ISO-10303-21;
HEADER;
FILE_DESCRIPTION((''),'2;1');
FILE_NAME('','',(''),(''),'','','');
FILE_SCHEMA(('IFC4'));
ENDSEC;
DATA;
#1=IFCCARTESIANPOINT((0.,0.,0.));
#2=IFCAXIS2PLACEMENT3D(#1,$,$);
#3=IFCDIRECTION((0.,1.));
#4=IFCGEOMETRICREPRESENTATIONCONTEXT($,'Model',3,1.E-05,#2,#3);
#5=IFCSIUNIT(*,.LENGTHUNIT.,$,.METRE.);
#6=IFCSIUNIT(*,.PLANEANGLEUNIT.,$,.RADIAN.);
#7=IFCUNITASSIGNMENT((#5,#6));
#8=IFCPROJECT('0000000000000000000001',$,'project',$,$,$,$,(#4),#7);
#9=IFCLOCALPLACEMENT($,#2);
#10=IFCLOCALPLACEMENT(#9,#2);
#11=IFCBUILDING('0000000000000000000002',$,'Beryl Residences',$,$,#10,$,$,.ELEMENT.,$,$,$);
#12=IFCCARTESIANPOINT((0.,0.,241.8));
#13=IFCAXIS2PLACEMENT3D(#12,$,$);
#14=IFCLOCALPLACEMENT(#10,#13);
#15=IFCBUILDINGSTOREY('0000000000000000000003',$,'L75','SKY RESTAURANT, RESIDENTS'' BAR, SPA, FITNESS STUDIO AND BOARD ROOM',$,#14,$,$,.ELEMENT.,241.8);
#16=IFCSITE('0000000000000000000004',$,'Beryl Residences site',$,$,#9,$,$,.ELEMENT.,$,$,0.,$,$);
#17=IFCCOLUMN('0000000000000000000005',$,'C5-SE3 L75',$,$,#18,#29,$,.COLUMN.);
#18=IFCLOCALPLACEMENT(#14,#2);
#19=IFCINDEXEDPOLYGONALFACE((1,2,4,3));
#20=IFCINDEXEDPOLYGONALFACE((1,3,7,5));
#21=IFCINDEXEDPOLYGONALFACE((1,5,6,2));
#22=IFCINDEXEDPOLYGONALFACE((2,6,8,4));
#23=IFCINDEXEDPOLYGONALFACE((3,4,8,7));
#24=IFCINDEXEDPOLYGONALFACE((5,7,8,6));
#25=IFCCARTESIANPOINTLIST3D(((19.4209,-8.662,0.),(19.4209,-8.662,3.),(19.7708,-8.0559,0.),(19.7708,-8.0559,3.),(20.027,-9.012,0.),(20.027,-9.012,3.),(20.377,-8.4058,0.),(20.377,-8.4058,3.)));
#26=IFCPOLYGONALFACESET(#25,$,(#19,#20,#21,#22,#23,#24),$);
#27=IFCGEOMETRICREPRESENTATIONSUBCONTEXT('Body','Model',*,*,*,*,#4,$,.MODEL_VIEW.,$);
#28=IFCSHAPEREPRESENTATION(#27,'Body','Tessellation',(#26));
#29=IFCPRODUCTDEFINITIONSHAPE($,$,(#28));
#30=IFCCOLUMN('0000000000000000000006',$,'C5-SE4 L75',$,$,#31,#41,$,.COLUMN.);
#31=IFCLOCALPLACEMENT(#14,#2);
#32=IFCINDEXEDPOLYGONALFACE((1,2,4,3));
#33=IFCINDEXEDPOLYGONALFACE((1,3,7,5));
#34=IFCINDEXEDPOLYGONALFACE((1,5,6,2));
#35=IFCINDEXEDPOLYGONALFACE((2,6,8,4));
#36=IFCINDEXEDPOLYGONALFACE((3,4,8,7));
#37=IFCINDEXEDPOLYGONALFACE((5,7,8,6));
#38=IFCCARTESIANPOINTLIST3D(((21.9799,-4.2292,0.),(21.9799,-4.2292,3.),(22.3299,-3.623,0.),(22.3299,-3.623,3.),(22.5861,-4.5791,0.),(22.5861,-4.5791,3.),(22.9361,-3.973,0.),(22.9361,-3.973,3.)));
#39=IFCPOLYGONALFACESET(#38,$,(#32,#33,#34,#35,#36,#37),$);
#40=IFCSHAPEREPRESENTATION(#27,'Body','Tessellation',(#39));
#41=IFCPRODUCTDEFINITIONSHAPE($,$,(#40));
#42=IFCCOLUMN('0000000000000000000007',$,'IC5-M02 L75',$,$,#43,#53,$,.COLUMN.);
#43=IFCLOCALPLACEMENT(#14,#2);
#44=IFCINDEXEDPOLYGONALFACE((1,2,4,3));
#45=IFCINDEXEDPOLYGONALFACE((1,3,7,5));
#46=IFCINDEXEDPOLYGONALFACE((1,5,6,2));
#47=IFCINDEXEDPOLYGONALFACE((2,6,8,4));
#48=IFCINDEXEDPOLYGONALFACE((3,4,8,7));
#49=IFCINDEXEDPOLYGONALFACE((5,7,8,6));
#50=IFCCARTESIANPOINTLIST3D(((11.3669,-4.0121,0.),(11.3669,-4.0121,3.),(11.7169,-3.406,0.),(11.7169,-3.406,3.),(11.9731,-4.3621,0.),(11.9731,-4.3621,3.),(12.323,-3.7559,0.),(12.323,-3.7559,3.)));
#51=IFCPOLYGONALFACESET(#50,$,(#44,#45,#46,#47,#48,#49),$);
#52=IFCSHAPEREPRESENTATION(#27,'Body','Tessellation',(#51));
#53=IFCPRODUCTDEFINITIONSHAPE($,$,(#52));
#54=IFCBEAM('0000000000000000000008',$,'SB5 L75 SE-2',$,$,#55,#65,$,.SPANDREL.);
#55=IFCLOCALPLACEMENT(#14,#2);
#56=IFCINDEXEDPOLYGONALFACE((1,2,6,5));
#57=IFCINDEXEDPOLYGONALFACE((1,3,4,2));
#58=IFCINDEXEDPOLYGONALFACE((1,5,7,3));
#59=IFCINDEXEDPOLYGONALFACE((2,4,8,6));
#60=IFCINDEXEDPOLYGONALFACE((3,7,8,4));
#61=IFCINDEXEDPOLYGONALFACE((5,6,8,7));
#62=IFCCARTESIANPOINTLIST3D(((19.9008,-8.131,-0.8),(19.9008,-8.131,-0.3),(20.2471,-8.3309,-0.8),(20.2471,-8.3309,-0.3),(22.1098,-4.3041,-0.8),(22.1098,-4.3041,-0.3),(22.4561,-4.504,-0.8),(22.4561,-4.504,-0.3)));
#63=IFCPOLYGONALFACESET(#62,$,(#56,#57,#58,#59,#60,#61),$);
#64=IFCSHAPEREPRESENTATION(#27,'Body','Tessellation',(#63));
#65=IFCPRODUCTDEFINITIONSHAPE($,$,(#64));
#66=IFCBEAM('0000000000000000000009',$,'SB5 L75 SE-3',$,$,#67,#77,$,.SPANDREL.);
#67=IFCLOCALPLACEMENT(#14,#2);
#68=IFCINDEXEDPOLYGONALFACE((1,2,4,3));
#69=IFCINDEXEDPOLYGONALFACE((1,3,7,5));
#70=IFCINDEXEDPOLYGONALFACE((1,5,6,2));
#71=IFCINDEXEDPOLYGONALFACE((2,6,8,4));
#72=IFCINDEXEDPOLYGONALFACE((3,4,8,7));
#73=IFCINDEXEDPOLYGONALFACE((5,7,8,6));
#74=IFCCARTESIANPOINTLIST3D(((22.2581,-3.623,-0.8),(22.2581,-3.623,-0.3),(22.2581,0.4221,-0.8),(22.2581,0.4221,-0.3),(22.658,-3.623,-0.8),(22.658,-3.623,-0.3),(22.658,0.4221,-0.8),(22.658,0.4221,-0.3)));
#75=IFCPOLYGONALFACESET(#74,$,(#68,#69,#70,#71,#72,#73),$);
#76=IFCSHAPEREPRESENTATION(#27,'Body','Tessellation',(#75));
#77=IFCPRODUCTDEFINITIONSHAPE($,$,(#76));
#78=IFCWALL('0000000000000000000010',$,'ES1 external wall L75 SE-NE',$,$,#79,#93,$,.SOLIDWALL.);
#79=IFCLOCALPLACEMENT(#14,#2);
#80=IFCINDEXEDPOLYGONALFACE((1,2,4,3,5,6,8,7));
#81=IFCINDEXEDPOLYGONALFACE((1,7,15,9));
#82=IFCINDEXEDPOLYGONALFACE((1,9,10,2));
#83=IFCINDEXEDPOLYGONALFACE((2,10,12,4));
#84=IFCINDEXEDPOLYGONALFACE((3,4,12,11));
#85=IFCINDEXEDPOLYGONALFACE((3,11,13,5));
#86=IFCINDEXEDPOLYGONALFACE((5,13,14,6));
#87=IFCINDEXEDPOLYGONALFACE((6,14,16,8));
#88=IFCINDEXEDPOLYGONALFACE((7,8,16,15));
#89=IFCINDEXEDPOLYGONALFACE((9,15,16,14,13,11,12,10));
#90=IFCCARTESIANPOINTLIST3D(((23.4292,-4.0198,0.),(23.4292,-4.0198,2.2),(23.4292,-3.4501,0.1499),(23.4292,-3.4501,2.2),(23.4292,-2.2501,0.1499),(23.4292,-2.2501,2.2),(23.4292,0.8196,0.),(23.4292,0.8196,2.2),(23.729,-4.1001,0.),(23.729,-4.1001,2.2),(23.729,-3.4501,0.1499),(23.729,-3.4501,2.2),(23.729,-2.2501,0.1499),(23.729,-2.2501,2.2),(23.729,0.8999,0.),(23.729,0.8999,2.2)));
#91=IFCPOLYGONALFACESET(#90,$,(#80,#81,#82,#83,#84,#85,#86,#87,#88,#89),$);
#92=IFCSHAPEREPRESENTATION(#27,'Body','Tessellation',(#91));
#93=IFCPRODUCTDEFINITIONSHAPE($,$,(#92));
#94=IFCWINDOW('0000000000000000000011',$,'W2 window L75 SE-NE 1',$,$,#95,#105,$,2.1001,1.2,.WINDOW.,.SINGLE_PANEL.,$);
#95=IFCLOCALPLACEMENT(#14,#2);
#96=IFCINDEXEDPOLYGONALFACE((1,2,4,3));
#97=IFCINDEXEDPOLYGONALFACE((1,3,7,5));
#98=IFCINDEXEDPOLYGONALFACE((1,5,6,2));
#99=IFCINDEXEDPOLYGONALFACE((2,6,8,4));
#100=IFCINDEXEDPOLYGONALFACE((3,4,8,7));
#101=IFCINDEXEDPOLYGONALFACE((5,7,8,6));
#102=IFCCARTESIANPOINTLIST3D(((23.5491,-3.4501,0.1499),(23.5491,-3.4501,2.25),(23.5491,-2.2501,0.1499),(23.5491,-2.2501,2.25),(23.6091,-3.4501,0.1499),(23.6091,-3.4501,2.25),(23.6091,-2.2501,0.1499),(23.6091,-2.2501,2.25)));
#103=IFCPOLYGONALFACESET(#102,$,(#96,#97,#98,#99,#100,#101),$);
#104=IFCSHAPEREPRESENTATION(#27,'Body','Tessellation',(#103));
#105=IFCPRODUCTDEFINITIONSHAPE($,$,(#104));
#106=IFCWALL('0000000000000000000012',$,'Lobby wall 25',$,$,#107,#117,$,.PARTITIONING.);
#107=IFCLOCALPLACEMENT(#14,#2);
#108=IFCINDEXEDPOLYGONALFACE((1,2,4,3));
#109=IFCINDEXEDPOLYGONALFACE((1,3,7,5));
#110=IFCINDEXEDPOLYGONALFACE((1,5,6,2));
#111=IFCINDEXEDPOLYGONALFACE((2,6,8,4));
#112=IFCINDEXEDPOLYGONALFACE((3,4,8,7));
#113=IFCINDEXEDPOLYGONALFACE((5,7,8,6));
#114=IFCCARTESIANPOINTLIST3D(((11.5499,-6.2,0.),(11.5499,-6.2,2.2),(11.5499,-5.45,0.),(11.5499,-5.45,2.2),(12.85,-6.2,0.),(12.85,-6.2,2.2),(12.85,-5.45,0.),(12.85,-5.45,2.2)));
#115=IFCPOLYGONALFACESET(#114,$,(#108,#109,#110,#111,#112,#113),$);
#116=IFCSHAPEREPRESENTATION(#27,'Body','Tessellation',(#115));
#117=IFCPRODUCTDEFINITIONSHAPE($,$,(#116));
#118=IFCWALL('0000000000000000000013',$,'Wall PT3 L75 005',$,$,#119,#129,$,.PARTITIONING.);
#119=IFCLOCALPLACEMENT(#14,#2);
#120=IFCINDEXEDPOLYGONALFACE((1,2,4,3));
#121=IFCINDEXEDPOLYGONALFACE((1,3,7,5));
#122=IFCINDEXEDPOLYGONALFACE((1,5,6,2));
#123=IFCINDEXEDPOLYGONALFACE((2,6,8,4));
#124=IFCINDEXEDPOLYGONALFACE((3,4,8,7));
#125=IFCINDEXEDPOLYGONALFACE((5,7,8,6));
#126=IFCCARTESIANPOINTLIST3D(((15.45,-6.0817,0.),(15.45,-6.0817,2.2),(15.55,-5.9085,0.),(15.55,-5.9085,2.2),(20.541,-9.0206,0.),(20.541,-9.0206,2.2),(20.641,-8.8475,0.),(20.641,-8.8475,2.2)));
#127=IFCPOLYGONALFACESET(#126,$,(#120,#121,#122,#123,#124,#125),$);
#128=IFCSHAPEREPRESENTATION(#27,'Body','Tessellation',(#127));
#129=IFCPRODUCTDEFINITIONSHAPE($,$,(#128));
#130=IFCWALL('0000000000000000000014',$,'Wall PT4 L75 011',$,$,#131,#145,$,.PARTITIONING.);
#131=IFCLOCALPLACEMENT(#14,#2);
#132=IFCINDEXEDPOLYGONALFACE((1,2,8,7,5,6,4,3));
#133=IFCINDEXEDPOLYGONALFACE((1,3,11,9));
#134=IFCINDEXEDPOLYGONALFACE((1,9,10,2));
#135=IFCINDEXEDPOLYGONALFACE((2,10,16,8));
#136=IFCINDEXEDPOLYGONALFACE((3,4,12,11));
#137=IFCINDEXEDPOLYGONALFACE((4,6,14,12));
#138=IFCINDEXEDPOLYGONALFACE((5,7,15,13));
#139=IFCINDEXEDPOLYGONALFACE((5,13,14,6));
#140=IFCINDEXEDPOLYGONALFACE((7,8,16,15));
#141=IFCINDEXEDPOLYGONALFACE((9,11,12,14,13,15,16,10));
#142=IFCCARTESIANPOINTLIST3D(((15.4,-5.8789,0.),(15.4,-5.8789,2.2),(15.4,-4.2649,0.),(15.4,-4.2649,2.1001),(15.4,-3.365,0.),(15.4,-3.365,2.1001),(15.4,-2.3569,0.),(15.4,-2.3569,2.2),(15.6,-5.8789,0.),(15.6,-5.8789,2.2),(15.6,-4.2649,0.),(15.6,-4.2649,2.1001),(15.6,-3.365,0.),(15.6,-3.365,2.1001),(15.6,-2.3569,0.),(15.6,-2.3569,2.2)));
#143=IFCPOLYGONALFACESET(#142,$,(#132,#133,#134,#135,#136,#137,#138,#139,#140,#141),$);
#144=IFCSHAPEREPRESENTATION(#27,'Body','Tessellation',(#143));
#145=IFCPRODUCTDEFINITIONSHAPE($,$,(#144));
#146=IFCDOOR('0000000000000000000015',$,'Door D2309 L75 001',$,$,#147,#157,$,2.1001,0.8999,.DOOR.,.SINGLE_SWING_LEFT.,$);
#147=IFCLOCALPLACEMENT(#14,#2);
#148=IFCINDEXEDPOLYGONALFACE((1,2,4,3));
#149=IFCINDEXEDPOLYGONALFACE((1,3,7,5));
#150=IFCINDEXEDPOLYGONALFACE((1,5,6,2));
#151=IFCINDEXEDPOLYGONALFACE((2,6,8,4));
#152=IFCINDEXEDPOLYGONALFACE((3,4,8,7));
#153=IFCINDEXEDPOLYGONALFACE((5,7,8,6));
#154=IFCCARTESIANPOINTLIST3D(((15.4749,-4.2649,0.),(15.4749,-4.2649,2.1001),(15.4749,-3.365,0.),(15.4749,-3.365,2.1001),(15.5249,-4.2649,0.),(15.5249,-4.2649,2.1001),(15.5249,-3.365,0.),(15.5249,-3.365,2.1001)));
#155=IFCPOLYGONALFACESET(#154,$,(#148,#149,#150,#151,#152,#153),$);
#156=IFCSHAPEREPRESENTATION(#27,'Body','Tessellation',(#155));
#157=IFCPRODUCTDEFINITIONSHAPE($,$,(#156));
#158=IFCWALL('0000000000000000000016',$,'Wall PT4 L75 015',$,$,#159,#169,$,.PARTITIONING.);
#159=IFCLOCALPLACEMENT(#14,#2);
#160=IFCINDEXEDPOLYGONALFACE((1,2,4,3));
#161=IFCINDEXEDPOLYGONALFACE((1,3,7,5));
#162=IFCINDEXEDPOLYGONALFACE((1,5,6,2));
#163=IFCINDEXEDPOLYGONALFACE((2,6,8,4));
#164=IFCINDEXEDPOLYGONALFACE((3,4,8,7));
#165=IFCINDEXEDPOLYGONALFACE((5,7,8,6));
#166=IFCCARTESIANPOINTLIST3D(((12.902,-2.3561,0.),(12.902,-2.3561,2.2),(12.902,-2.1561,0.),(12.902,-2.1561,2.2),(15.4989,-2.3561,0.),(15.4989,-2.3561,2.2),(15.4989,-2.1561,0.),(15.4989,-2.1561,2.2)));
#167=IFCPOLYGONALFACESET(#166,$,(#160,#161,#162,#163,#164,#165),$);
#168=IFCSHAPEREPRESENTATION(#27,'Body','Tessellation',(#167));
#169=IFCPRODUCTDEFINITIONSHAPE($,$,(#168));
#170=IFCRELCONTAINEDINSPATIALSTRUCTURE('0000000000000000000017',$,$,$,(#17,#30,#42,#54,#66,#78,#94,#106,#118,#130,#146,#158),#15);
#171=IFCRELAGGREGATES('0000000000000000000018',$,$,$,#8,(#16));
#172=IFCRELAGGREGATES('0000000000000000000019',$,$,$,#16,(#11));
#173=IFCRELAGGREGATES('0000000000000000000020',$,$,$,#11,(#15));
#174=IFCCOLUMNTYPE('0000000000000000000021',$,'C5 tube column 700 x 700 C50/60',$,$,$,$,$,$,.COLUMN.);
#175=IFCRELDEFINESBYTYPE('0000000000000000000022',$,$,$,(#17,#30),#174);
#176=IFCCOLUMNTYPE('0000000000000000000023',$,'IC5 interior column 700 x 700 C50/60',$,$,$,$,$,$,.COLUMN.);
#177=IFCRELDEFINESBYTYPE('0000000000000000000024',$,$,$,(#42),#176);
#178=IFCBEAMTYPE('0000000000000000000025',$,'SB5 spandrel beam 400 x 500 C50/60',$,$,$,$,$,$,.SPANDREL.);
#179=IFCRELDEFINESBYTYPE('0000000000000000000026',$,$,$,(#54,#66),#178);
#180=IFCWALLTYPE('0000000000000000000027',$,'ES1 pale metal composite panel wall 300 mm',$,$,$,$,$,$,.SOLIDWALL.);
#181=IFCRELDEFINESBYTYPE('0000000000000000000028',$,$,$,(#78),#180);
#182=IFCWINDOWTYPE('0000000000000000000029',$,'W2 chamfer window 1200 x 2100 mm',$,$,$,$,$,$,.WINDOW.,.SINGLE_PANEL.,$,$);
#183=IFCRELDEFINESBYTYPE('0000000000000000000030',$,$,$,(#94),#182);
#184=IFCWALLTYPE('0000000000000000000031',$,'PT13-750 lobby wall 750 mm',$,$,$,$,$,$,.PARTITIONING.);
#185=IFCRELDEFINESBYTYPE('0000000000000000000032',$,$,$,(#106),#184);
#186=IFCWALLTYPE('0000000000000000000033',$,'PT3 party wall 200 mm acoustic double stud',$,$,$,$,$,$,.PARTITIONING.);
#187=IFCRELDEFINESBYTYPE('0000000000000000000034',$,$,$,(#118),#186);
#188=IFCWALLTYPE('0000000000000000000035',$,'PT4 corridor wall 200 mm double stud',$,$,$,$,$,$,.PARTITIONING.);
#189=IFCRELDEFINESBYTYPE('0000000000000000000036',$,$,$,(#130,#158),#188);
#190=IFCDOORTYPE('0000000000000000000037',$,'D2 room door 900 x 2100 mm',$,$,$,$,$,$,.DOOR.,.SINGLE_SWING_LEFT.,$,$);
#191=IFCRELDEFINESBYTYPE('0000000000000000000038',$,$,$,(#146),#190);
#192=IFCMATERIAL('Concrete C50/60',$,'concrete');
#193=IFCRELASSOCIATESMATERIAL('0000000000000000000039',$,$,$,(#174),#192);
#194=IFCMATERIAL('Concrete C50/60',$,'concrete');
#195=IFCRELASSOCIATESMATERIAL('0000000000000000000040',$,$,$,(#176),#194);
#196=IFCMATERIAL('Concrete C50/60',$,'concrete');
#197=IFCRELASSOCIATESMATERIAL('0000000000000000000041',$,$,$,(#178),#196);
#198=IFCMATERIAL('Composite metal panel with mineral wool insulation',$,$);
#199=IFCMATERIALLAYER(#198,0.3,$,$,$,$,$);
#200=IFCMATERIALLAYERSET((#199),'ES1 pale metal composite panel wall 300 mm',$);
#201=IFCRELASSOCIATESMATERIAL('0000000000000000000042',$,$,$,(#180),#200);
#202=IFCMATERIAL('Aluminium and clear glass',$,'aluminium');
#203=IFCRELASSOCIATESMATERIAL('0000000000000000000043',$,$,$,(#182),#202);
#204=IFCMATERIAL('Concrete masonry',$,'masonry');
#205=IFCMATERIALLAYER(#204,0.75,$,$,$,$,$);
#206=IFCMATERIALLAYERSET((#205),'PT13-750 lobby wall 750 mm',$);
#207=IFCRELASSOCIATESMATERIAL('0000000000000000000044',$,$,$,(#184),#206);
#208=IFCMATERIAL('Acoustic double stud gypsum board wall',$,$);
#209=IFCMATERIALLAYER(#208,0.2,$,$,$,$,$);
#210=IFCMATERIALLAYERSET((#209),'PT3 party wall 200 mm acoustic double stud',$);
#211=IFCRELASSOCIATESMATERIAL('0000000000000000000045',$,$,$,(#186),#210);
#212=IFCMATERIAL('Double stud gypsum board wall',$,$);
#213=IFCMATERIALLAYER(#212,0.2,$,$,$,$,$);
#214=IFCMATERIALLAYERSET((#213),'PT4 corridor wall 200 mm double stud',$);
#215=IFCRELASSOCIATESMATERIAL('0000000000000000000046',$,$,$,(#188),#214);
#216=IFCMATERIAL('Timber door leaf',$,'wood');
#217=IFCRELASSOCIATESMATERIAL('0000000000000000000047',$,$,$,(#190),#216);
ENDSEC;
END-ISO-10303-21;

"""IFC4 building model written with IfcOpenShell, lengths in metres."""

from ifc_helpers import new_model, si_unit, direction, frame, frame_2d, origin, origin_2d, place, context, subcontext, project, spatial, polyline, rectangle, outline, extrude, material, layer, layer_set, material_profile, profile_set, type_object, element, fill, save


model = new_model("IFC4")

# Units and contexts
model_context = context("Model", 3, precision=1e-05, world=origin(), true_north=direction((0.0, 1.0)))
body_context = subcontext(model_context, "Body", "Model", "MODEL_VIEW")
ifc_project = project(units=[si_unit("LENGTHUNIT", "METRE"), si_unit("PLANEANGLEUNIT", "RADIAN")], contexts=[model_context])

# Site, building, storey
site_placement = place(None, origin())
site = spatial("IfcSite", under=ifc_project, at=site_placement, Name="Beryl Residences site", CompositionType="ELEMENT", RefElevation=0.0)
building_placement = place(site_placement, origin())
building = spatial("IfcBuilding", under=site, at=building_placement, Name="Beryl Residences", CompositionType="ELEMENT")
storey_placement = place(building_placement, frame((0.0, 0.0, 241.8)))
storey = spatial("IfcBuildingStorey", under=building, at=storey_placement, Name="L75", Description="SKY RESTAURANT, RESIDENTS' BAR, SPA, FITNESS STUDIO AND BOARD ROOM", CompositionType="ELEMENT", Elevation=241.8)

# Columns
ifc_material_1 = material(Name="Concrete C50/60", Category="concrete")
ifc_material_profile_1 = material_profile(ifc_material_1, rectangle(XDim=0.7, YDim=0.7, at=origin_2d()))
ifc_profile_set_1 = profile_set([ifc_material_profile_1], Name="Concrete C50/60")
column_type_1 = type_object("IfcColumnType", Name="C5 tube column 700 x 700 C50/60", PredefinedType="COLUMN", material=ifc_profile_set_1)
for number, where, z_axis, x_axis, name in (
    (1, (19.8989, -8.5339, 0.0), (0.0, 0.0, 1.0), (0.499985, 0.866034, 0.0), "C5-SE3 L75"),
    (2, (22.458, -4.1011, 0.0), (0.0, 0.0, 1.0), (0.499985, 0.866034, 0.0), "C5-SE4 L75"),
):
    element("IfcColumn", number, at=place(storey_placement, frame(where, z_axis=z_axis, x_axis=x_axis)), inside=storey, type_object=column_type_1, Name=name, PredefinedType="COLUMN", context=body_context, shape_type="SweptSolid", body=[
        extrude(rectangle(XDim=0.7, YDim=0.7, at=origin_2d()), origin(), (0.0, 0.0, 1.0), 3.0),
    ])
ifc_material_2 = material(Name="Concrete C50/60", Category="concrete")
ifc_material_profile_2 = material_profile(ifc_material_2, rectangle(XDim=0.7, YDim=0.7, at=origin_2d()))
ifc_profile_set_2 = profile_set([ifc_material_profile_2], Name="Concrete C50/60")
column_type_2 = type_object("IfcColumnType", Name="IC5 interior column 700 x 700 C50/60", PredefinedType="COLUMN", material=ifc_profile_set_2)
column_placement = place(storey_placement, frame((11.845, -3.884, 0.0), z_axis=(0.0, 0.0, 1.0), x_axis=(0.499985, 0.866034, 0.0)))
element("IfcColumn", 3, at=column_placement, inside=storey, type_object=column_type_2, Name="IC5-M02 L75", PredefinedType="COLUMN", context=body_context, shape_type="SweptSolid", body=[
    extrude(rectangle(XDim=0.7, YDim=0.7, at=origin_2d()), origin(), (0.0, 0.0, 1.0), 3.0),
])

# Beams
ifc_material_3 = material(Name="Concrete C50/60", Category="concrete")
ifc_material_profile_3 = material_profile(ifc_material_3, rectangle(XDim=0.3999, YDim=0.5, at=origin_2d()))
ifc_profile_set_3 = profile_set([ifc_material_profile_3], Name="Concrete C50/60")
beam_type = type_object("IfcBeamType", Name="SB5 spandrel beam 400 x 500 C50/60", PredefinedType="SPANDREL", material=ifc_profile_set_3)
beam_1_placement = place(storey_placement, frame((20.074, -8.231, -0.55), z_axis=(0.499919, 0.866072, 0.0), x_axis=(-0.866072, 0.499919, 0.0)))
element("IfcBeam", 4, at=beam_1_placement, inside=storey, type_object=beam_type, Name="SB5 L75 SE-2", PredefinedType="SPANDREL", context=body_context, shape_type="SweptSolid", body=[
    extrude(rectangle(XDim=0.3999, YDim=0.5, at=origin_2d()), origin(), (0.0, 0.0, 1.0), 4.4187),
])
beam_2_placement = place(storey_placement, frame((22.458, -3.623, -0.55), z_axis=(0.0, 1.0, 0.0), x_axis=(-1.0, 0.0, 0.0)))
element("IfcBeam", 5, at=beam_2_placement, inside=storey, type_object=beam_type, Name="SB5 L75 SE-3", PredefinedType="SPANDREL", context=body_context, shape_type="SweptSolid", body=[
    extrude(rectangle(XDim=0.3999, YDim=0.5, at=origin_2d()), origin(), (0.0, 0.0, 1.0), 4.0452),
])

# Wall, opening, window
ifc_material_4 = material(Name="Composite metal panel with mineral wool insulation")
ifc_layer_1 = layer(ifc_material_4, 0.3)
ifc_layer_set_1 = layer_set([ifc_layer_1], Name="ES1 pale metal composite panel wall 300 mm")
wall_type_1 = type_object("IfcWallType", Name="ES1 pale metal composite panel wall 300 mm", PredefinedType="SOLIDWALL", material=ifc_layer_set_1)
wall_1_placement = place(storey_placement, frame((23.5791, -4.1001, 0.0), z_axis=(0.0, 0.0, 1.0), x_axis=(0.0, 1.0, 0.0)))
wall_1 = element("IfcWall", 6, at=wall_1_placement, inside=storey, type_object=wall_type_1, Name="ES1 external wall L75 SE-NE", PredefinedType="SOLIDWALL", context=body_context, shape_type="SweptSolid", body=[
    extrude(outline(polyline([(0.0, -0.1499), (5.0, -0.1499), (4.9197, 0.1499), (0.0803, 0.1499), (0.0, -0.1499)])), origin(), (0.0, 0.0, 1.0), 2.2),
])
opening_1_placement = place(wall_1_placement, frame((0.6499, 0.0, 0.1499)))
opening_1 = element("IfcOpeningElement", 7, at=opening_1_placement, cuts=wall_1, PredefinedType="OPENING", context=body_context, shape_type="SweptSolid", body=[
    extrude(rectangle(XDim=1.2, YDim=2.1001, at=frame_2d((0.6001, 1.05))), frame((0.0, 0.1599, 0.0), z_axis=(0.0, -1.0, 0.0), x_axis=(1.0, 0.0, 0.0)), (0.0, 0.0, 1.0), 0.3201),
])
ifc_material_5 = material(Name="Aluminium and clear glass", Category="aluminium")
window_type = type_object("IfcWindowType", Name="W2 chamfer window 1200 x 2100 mm", PartitioningType="SINGLE_PANEL", PredefinedType="WINDOW", material=ifc_material_5)
window_placement = place(opening_1_placement, origin())
window = element("IfcWindow", 8, at=window_placement, inside=storey, type_object=window_type, Name="W2 window L75 SE-NE 1", OverallHeight=2.1001, OverallWidth=1.2, PartitioningType="SINGLE_PANEL", PredefinedType="WINDOW", context=body_context, shape_type="SweptSolid", body=[
    extrude(rectangle(XDim=1.2, YDim=2.1001, at=frame_2d((0.6001, 1.05))), frame((0.0, 0.03, 0.0), z_axis=(0.0, -1.0, 0.0), x_axis=(1.0, 0.0, 0.0)), (0.0, 0.0, 1.0), 0.0601),
])
fill(opening_1, window)

# Walls
ifc_material_6 = material(Name="Concrete masonry", Category="masonry")
ifc_layer_2 = layer(ifc_material_6, 0.75)
ifc_layer_set_2 = layer_set([ifc_layer_2], Name="PT13-750 lobby wall 750 mm")
wall_type_2 = type_object("IfcWallType", Name="PT13-750 lobby wall 750 mm", PredefinedType="PARTITIONING", material=ifc_layer_set_2)
wall_2_placement = place(storey_placement, frame((11.55, -5.825, 0.0), z_axis=(0.0, 0.0, 1.0), x_axis=(1.0, 0.0, 0.0)))
element("IfcWall", 9, at=wall_2_placement, inside=storey, type_object=wall_type_2, Name="Lobby wall 25", PredefinedType="PARTITIONING", context=body_context, shape_type="SweptSolid", body=[
    extrude(rectangle(XDim=1.3, YDim=0.75, at=frame_2d((0.6499, 0.0))), origin(), (0.0, 0.0, 1.0), 2.2),
])
ifc_material_7 = material(Name="Acoustic double stud gypsum board wall")
ifc_layer_3 = layer(ifc_material_7, 0.2)
ifc_layer_set_3 = layer_set([ifc_layer_3], Name="PT3 party wall 200 mm acoustic double stud")
wall_type_3 = type_object("IfcWallType", Name="PT3 party wall 200 mm acoustic double stud", PredefinedType="PARTITIONING", material=ifc_layer_set_3)
wall_3_placement = place(storey_placement, frame((15.5, -5.9951, 0.0), z_axis=(0.0, 0.0, 1.0), x_axis=(0.866052, -0.499954, 0.0)))
element("IfcWall", 10, at=wall_3_placement, inside=storey, type_object=wall_type_3, Name="Wall PT3 L75 005", PredefinedType="PARTITIONING", context=body_context, shape_type="SweptSolid", body=[
    extrude(rectangle(XDim=5.8784, YDim=0.2, at=frame_2d((2.9392, 0.0))), origin(), (0.0, 0.0, 1.0), 2.2),
])

# Wall, opening, door
ifc_material_8 = material(Name="Double stud gypsum board wall")
ifc_layer_4 = layer(ifc_material_8, 0.2)
ifc_layer_set_4 = layer_set([ifc_layer_4], Name="PT4 corridor wall 200 mm double stud")
wall_type_4 = type_object("IfcWallType", Name="PT4 corridor wall 200 mm double stud", PredefinedType="PARTITIONING", material=ifc_layer_set_4)
wall_4_placement = place(storey_placement, frame((15.5, -2.3569, 0.0), z_axis=(0.0, 0.0, 1.0), x_axis=(0.0, -1.0, 0.0)))
wall_4 = element("IfcWall", 11, at=wall_4_placement, inside=storey, type_object=wall_type_4, Name="Wall PT4 L75 011", PredefinedType="PARTITIONING", context=body_context, shape_type="SweptSolid", body=[
    extrude(rectangle(XDim=3.522, YDim=0.2, at=frame_2d((1.761, 0.0))), origin(), (0.0, 0.0, 1.0), 2.2),
])
opening_2_placement = place(wall_4_placement, frame((1.0081, 0.0, 0.0)))
opening_2 = element("IfcOpeningElement", 12, at=opening_2_placement, cuts=wall_4, PredefinedType="OPENING", context=body_context, shape_type="SweptSolid", body=[
    extrude(rectangle(XDim=0.8999, YDim=2.1001, at=frame_2d((0.45, 1.05))), frame((0.0, 0.1099, 0.0), z_axis=(0.0, -1.0, 0.0), x_axis=(1.0, 0.0, 0.0)), (0.0, 0.0, 1.0), 0.22),
])
ifc_material_9 = material(Name="Timber door leaf", Category="wood")
door_type = type_object("IfcDoorType", Name="D2 room door 900 x 2100 mm", OperationType="SINGLE_SWING_LEFT", PredefinedType="DOOR", material=ifc_material_9)
door_placement = place(opening_2_placement, origin())
door = element("IfcDoor", 13, at=door_placement, inside=storey, type_object=door_type, Name="Door D2309 L75 001", OperationType="SINGLE_SWING_LEFT", OverallHeight=2.1001, OverallWidth=0.8999, PredefinedType="DOOR", context=body_context, shape_type="SweptSolid", body=[
    extrude(rectangle(XDim=0.8999, YDim=2.1001, at=frame_2d((0.45, 1.05))), frame((0.0, 0.0249, 0.0), z_axis=(0.0, -1.0, 0.0), x_axis=(1.0, 0.0, 0.0)), (0.0, 0.0, 1.0), 0.05),
])
fill(opening_2, door)

# Wall
wall_5_placement = place(storey_placement, frame((12.9021, -2.2561, 0.0), z_axis=(0.0, 0.0, 1.0), x_axis=(1.0, 0.0, 0.0)))
element("IfcWall", 14, at=wall_5_placement, inside=storey, type_object=wall_type_4, Name="Wall PT4 L75 015", PredefinedType="PARTITIONING", context=body_context, shape_type="SweptSolid", body=[
    extrude(rectangle(XDim=2.5969, YDim=0.2, at=frame_2d((1.2983, 0.0))), origin(), (0.0, 0.0, 1.0), 2.2),
])

save(model, "model.ifc")
